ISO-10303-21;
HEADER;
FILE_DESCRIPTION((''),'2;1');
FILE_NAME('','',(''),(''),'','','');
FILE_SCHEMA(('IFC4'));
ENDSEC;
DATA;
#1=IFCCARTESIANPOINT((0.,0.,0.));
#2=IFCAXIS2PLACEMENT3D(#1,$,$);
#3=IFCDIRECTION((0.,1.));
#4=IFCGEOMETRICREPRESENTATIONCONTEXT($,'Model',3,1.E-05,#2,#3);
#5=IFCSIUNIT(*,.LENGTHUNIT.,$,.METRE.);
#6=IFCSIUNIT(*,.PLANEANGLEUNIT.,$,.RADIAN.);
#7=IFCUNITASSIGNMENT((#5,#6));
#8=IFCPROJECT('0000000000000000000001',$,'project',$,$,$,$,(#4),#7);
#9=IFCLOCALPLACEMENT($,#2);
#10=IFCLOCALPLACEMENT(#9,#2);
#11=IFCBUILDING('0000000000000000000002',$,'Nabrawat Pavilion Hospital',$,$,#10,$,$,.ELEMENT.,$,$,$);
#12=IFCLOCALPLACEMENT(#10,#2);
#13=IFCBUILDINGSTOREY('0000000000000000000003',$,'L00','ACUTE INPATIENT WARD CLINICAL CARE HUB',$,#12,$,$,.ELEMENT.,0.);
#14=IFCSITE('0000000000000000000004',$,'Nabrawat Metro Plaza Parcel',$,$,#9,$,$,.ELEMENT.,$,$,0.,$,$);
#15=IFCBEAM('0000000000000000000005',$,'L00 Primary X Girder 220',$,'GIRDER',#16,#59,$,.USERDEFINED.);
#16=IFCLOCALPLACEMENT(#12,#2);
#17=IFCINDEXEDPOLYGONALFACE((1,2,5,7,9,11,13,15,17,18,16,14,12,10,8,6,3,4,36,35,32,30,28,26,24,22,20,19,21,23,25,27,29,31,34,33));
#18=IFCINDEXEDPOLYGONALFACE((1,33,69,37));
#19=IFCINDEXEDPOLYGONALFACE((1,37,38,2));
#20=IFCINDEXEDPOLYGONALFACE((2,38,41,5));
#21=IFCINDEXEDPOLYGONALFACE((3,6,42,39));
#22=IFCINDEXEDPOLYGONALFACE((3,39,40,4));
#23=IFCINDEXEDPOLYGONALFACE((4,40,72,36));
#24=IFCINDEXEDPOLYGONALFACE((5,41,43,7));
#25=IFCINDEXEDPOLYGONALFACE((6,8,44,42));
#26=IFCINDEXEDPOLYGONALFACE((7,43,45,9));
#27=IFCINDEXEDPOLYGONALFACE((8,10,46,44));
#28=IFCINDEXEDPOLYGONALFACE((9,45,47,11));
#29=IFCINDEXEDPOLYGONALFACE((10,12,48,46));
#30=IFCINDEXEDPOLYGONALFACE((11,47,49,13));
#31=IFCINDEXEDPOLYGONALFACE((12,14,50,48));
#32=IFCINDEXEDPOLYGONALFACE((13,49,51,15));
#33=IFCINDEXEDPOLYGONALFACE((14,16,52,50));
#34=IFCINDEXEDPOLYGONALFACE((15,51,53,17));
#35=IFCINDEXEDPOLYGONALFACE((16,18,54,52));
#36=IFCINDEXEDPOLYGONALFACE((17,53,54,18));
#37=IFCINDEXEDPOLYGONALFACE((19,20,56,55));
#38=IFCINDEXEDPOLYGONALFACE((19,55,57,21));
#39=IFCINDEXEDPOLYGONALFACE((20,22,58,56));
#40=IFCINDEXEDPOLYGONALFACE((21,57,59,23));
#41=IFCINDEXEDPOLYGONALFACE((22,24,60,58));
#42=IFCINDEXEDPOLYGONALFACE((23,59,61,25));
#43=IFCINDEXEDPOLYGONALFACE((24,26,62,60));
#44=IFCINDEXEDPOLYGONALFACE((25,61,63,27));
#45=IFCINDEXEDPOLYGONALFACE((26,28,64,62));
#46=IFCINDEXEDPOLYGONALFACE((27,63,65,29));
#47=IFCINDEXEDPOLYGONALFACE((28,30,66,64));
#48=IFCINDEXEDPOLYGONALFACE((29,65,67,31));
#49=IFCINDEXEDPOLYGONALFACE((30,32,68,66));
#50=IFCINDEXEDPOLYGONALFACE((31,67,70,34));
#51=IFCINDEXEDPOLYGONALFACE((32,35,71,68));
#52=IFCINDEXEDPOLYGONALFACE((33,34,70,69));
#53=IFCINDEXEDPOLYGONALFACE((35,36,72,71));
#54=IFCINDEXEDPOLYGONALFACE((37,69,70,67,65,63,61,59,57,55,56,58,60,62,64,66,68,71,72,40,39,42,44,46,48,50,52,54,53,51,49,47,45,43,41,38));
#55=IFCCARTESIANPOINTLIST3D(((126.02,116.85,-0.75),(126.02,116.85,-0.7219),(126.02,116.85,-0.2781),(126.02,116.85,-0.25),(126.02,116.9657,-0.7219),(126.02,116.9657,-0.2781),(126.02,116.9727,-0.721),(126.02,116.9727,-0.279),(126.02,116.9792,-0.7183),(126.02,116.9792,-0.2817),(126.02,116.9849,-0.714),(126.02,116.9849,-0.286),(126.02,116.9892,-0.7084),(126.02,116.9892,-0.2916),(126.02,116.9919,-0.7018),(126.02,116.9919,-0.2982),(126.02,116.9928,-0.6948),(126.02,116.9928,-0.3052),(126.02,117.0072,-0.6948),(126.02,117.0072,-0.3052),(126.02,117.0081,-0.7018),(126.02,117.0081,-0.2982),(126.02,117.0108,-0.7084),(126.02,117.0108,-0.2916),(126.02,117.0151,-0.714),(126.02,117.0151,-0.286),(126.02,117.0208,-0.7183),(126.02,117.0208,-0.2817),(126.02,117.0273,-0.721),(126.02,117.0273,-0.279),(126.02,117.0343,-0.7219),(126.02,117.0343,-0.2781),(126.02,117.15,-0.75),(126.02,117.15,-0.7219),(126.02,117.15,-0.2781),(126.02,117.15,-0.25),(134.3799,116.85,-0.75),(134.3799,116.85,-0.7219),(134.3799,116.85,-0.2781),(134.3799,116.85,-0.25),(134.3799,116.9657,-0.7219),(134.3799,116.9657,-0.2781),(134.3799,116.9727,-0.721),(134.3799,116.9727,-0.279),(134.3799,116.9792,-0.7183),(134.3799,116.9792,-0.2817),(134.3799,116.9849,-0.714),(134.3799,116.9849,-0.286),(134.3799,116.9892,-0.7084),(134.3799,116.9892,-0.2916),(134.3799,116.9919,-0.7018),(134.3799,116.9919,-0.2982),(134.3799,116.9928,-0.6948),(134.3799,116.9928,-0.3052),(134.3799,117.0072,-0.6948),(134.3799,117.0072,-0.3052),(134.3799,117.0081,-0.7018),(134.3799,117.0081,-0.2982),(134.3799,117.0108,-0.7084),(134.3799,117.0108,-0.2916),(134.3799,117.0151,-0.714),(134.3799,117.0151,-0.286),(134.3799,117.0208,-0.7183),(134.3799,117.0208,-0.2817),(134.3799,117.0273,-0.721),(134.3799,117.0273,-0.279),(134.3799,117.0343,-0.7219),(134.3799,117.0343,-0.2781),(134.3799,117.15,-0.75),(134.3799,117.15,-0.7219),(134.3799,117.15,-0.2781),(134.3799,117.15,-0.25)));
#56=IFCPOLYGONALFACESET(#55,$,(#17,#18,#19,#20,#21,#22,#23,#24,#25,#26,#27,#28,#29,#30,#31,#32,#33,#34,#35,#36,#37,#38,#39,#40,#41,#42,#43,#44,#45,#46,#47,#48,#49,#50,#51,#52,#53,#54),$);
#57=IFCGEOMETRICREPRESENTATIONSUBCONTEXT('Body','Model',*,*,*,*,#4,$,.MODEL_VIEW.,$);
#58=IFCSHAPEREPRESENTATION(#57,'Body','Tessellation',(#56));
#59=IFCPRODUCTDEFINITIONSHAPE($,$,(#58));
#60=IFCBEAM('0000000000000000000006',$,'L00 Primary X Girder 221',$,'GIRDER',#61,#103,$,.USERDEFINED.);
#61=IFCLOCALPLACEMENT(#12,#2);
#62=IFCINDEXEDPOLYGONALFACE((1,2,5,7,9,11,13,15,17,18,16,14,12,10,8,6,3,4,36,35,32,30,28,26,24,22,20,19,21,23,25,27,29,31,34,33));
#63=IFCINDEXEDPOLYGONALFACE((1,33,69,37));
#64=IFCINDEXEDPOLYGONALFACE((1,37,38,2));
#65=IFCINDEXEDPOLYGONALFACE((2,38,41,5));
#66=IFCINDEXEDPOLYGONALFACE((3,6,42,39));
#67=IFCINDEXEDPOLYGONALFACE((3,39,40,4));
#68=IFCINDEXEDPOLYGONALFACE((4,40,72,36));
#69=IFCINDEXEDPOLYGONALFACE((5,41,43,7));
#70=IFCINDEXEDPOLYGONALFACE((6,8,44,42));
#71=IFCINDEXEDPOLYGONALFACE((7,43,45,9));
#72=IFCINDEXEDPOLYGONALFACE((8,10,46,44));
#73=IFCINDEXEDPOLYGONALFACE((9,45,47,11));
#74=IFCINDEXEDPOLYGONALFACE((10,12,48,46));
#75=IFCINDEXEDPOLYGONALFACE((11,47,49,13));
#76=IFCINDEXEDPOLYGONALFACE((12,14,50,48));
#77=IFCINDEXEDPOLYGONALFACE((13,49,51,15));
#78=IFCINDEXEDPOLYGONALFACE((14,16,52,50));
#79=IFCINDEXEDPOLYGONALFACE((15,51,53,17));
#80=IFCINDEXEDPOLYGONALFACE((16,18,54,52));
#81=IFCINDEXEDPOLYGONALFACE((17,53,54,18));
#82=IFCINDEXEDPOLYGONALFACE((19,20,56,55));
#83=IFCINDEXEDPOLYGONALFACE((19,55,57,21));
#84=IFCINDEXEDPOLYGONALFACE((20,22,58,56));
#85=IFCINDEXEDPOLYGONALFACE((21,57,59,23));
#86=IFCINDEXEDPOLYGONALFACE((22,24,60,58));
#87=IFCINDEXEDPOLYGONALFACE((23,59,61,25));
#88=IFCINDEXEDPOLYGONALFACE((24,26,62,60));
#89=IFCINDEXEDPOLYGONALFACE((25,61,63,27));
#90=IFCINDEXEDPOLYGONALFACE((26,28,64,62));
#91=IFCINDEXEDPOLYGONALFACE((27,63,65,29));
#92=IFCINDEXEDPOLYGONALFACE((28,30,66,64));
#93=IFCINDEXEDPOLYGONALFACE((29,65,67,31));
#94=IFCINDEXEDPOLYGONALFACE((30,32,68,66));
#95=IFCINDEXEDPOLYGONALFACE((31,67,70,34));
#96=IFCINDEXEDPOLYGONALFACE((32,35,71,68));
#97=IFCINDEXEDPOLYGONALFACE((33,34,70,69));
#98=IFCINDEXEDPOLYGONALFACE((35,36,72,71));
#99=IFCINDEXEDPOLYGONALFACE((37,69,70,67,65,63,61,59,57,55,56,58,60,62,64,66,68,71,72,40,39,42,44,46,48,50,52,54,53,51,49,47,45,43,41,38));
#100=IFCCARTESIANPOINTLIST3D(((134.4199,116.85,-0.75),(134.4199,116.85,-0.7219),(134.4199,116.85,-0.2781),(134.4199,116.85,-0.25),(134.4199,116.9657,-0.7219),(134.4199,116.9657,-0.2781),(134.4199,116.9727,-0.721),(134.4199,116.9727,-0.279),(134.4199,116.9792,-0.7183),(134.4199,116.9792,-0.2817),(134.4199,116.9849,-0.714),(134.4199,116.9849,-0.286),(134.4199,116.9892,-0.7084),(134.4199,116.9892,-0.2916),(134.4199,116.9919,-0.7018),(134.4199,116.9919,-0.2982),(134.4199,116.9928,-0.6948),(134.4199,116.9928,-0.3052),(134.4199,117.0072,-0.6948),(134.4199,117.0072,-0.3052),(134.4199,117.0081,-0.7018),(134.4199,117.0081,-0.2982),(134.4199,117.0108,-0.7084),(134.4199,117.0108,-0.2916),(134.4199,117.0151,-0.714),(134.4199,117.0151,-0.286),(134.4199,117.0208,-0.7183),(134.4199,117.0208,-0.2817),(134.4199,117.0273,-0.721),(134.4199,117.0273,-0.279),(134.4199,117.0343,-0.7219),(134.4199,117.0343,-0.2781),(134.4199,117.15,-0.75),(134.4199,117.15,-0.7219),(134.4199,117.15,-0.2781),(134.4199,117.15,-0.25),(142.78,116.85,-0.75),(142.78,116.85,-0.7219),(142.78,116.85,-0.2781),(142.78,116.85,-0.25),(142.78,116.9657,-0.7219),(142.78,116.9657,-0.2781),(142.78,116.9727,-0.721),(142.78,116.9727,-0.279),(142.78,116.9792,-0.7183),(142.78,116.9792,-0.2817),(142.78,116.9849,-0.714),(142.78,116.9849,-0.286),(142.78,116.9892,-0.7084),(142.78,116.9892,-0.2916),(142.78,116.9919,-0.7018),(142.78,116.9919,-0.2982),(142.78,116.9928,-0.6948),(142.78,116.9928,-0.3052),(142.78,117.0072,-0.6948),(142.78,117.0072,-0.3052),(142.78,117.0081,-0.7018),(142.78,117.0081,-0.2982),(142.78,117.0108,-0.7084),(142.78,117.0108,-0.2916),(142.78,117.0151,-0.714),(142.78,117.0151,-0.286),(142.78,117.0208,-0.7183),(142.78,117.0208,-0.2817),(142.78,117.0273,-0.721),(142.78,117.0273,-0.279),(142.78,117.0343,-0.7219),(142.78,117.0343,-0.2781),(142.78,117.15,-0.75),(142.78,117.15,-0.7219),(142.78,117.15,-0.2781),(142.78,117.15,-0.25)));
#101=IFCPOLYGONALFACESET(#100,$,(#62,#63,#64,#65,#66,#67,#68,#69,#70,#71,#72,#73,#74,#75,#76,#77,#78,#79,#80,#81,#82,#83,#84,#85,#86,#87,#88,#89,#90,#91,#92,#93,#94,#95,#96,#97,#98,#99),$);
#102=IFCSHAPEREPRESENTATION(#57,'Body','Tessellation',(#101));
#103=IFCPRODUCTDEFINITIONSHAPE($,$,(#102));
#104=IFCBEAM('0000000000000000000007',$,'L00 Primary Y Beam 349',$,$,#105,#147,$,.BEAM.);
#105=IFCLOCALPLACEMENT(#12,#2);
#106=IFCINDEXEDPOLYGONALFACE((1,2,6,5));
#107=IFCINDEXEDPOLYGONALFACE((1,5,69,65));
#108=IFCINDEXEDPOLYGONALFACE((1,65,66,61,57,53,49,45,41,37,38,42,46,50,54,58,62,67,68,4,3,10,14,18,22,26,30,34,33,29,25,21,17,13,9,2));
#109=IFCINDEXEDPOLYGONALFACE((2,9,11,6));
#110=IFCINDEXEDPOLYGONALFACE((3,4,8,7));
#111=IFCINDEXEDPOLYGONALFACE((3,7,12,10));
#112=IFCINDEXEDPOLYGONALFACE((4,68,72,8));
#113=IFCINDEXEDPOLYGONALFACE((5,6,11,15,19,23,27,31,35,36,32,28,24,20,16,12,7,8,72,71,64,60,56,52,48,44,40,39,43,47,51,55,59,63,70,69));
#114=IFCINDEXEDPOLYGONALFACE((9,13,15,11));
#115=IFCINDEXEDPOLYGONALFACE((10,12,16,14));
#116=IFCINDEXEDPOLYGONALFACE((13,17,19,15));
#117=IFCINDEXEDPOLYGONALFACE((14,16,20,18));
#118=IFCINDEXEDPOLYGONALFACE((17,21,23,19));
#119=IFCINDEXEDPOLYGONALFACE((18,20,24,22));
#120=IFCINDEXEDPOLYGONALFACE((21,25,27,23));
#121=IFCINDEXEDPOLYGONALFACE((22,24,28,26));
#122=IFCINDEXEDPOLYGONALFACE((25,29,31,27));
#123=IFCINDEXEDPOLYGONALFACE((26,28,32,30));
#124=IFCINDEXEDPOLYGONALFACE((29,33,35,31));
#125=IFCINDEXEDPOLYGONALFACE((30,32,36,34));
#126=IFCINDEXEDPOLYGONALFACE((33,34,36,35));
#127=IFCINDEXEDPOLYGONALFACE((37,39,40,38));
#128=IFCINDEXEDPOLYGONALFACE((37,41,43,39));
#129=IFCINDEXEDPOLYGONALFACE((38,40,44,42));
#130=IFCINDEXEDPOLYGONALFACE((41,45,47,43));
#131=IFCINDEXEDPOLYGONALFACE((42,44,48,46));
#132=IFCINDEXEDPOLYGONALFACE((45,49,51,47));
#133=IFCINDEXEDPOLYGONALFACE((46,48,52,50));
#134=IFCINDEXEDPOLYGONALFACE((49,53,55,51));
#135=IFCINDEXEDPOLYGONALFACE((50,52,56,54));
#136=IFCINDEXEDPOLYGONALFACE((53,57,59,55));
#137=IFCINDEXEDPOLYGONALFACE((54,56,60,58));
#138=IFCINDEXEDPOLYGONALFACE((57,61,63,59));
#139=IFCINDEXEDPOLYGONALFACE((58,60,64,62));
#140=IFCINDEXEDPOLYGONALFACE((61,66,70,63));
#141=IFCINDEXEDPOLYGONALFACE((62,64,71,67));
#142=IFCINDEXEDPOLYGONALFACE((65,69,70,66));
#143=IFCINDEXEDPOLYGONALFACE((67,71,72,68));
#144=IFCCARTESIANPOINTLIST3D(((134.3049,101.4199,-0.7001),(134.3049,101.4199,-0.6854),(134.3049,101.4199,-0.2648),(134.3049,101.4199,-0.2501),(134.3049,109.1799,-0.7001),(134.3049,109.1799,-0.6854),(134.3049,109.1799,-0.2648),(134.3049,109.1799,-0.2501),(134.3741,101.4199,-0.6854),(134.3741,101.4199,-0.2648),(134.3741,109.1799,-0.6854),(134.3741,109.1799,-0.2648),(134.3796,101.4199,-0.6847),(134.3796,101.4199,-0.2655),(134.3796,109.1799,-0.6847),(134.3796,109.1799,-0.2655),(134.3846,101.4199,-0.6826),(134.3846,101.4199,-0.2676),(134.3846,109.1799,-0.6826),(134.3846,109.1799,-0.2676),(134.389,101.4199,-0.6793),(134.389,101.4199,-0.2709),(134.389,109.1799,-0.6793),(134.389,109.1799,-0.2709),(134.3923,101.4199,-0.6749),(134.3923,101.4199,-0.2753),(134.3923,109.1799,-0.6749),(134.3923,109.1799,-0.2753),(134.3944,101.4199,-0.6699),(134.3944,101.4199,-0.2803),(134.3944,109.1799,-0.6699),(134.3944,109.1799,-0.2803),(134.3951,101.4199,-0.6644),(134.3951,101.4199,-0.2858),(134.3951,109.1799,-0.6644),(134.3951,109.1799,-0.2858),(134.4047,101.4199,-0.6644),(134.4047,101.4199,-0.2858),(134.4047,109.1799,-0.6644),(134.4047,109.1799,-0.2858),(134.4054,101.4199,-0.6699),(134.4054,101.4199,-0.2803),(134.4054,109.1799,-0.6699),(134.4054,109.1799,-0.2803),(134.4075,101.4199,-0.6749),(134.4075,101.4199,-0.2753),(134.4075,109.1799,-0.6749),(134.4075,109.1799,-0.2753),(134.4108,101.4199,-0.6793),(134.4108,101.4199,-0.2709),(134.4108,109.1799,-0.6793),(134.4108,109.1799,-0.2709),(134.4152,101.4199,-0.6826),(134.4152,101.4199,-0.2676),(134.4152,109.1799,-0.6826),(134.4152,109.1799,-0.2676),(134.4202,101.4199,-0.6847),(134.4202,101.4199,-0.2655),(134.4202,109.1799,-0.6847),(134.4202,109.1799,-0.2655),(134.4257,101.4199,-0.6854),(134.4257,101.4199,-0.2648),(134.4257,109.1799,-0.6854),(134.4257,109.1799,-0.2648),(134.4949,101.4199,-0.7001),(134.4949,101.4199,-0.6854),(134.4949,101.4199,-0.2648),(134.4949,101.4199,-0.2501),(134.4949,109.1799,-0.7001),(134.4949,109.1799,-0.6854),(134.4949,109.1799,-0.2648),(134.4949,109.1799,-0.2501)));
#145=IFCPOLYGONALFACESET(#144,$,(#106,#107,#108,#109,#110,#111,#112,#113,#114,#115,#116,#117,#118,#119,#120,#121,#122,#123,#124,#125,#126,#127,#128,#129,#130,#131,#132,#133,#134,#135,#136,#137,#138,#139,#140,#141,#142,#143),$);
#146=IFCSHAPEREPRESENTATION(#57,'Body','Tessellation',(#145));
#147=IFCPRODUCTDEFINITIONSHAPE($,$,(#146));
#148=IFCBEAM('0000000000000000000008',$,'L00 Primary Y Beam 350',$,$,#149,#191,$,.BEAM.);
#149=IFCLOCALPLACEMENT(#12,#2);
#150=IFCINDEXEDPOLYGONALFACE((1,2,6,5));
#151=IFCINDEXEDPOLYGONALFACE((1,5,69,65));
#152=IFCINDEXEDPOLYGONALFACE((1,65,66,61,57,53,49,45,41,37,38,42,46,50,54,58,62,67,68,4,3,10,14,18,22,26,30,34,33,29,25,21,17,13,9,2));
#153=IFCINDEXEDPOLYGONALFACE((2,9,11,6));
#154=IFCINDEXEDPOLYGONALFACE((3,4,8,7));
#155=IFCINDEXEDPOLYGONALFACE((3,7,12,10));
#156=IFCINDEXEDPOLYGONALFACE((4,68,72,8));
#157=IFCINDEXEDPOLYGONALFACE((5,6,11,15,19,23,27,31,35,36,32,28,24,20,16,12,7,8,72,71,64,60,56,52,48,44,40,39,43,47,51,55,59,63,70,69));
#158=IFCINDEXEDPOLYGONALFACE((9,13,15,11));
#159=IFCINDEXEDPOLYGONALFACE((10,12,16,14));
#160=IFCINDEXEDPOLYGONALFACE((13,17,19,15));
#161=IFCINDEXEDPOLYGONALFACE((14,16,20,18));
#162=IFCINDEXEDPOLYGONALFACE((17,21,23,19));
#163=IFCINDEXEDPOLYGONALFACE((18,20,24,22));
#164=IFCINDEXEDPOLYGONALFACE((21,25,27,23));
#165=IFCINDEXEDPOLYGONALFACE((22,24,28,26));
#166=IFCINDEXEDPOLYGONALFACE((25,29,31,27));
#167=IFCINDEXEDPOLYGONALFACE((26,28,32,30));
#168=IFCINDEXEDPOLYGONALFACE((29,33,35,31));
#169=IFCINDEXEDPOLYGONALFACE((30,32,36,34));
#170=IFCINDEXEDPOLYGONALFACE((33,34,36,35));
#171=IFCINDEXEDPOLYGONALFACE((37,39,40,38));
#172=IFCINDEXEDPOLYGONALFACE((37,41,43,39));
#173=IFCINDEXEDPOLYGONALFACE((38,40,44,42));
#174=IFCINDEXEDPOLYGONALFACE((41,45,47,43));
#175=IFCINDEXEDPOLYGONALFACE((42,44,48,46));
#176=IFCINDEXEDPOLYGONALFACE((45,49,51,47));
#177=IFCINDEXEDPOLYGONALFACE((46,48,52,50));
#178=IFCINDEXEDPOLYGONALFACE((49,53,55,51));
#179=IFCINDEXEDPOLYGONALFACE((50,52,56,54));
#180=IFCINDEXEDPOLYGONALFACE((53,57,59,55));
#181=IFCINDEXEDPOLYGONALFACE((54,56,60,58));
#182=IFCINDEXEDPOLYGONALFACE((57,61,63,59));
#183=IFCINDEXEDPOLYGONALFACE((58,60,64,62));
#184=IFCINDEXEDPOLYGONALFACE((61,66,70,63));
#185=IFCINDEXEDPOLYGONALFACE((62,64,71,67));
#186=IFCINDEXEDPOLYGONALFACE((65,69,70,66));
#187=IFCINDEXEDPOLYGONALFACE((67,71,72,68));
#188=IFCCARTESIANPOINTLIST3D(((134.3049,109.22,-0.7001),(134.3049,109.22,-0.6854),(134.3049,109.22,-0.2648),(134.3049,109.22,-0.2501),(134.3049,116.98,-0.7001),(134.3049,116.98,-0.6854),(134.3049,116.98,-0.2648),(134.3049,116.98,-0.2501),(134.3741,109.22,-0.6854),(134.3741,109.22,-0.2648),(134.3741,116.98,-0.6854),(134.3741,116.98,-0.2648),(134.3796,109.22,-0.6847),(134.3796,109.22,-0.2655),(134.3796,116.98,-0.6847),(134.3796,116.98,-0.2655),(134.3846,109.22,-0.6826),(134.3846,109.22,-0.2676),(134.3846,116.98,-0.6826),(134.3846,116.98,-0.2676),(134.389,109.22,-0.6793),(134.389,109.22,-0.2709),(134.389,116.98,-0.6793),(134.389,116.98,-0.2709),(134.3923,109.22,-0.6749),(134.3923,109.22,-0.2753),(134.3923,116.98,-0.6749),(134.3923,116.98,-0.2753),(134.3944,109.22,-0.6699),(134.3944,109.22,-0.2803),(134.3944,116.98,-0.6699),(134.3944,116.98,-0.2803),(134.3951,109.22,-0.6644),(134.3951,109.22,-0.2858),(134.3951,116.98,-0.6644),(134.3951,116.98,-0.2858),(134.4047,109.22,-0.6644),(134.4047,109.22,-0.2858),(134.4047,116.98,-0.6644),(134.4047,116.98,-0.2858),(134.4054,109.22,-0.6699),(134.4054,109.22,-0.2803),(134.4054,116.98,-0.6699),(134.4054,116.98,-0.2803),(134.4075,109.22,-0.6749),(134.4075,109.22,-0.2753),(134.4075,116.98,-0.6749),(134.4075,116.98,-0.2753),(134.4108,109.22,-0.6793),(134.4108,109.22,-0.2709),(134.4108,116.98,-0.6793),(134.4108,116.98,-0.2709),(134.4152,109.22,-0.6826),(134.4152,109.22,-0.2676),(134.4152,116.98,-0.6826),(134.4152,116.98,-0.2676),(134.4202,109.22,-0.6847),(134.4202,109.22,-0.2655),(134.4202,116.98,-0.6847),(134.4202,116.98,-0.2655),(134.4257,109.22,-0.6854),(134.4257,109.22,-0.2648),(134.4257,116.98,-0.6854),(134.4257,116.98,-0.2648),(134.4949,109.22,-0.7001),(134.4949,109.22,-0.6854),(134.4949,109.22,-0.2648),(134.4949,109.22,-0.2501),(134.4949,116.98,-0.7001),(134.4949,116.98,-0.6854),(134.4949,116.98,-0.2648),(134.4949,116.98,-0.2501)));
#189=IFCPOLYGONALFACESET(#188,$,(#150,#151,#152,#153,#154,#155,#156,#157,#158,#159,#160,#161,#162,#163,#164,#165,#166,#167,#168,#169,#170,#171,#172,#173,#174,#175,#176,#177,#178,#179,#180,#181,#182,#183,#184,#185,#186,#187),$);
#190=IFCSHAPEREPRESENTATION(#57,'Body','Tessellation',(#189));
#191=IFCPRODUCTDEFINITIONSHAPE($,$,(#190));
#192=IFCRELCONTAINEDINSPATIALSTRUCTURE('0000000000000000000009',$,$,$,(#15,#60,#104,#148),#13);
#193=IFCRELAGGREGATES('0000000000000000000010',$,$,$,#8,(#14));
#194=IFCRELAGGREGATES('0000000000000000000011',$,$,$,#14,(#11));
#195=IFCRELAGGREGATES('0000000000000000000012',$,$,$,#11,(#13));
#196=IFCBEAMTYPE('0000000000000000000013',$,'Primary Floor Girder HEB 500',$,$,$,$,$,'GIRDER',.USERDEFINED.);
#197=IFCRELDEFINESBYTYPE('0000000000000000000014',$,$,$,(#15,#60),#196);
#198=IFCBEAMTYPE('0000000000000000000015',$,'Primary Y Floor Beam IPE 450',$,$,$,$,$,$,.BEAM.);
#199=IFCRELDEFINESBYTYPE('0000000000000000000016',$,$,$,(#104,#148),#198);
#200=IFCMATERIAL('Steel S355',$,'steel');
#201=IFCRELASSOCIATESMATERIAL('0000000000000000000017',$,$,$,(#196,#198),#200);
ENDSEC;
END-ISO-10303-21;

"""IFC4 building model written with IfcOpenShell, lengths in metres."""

from ifc_helpers import new_model, si_unit, direction, frame, origin, origin_2d, place, context, subcontext, project, spatial, i_section, extrude, material, material_profile, profile_set, type_object, element, save


model = new_model("IFC4")

# Units and contexts
model_context = context("Model", 3, precision=1e-05, world=origin(), true_north=direction((0.0, 1.0)))
body_context = subcontext(model_context, "Body", "Model", "MODEL_VIEW")
ifc_project = project(units=[si_unit("LENGTHUNIT", "METRE"), si_unit("PLANEANGLEUNIT", "RADIAN")], contexts=[model_context])

# Site, building, storey
site_placement = place(None, origin())
site = spatial("IfcSite", under=ifc_project, at=site_placement, Name="Nabrawat Metro Plaza Parcel", CompositionType="ELEMENT", RefElevation=0.0)
building_placement = place(site_placement, origin())
building = spatial("IfcBuilding", under=site, at=building_placement, Name="Nabrawat Pavilion Hospital", CompositionType="ELEMENT")
storey_placement = place(building_placement, origin())
storey = spatial("IfcBuildingStorey", under=building, at=storey_placement, Name="L00", Description="ACUTE INPATIENT WARD CLINICAL CARE HUB", CompositionType="ELEMENT", Elevation=0.0)

# Shared definitions
ifc_material_1 = material(Name="Steel S355", Category="steel")

# Beams
ifc_material_profile_1 = material_profile(ifc_material_1, i_section(OverallWidth=0.3, OverallDepth=0.5, WebThickness=0.0144, FlangeThickness=0.0281, FilletRadius=0.0271, at=origin_2d()), Name="HEB 500")
ifc_profile_set_1 = profile_set([ifc_material_profile_1], Name="Steel S355")
beam_type_1 = type_object("IfcBeamType", Name="Primary Floor Girder HEB 500", ElementType="GIRDER", PredefinedType="USERDEFINED", material=ifc_profile_set_1)
beam_1_placement = place(storey_placement, frame((126.02, 117.0, -0.5), z_axis=(1.0, 0.0, 0.0), x_axis=(0.0, 1.0, 0.0)))
element("IfcBeam", 1, at=beam_1_placement, inside=storey, type_object=beam_type_1, Name="L00 Primary X Girder 220", ObjectType="GIRDER", PredefinedType="USERDEFINED", context=body_context, shape_type="SweptSolid", body=[
    extrude(i_section(OverallWidth=0.3, OverallDepth=0.5, WebThickness=0.0144, FlangeThickness=0.0281, FilletRadius=0.0271, at=origin_2d()), origin(), (0.0, 0.0, 1.0), 8.3599),
])
beam_2_placement = place(storey_placement, frame((134.4199, 117.0, -0.5), z_axis=(1.0, 0.0, 0.0), x_axis=(0.0, 1.0, 0.0)))
element("IfcBeam", 2, at=beam_2_placement, inside=storey, type_object=beam_type_1, Name="L00 Primary X Girder 221", ObjectType="GIRDER", PredefinedType="USERDEFINED", context=body_context, shape_type="SweptSolid", body=[
    extrude(i_section(OverallWidth=0.3, OverallDepth=0.5, WebThickness=0.0144, FlangeThickness=0.0281, FilletRadius=0.0271, at=origin_2d()), origin(), (0.0, 0.0, 1.0), 8.3601),
])
ifc_material_profile_2 = material_profile(ifc_material_1, i_section(OverallWidth=0.1899, OverallDepth=0.45, WebThickness=0.0095, FlangeThickness=0.0146, FilletRadius=0.021, at=origin_2d()), Name="IPE 450")
ifc_profile_set_2 = profile_set([ifc_material_profile_2], Name="Steel S355")
beam_type_2 = type_object("IfcBeamType", Name="Primary Y Floor Beam IPE 450", PredefinedType="BEAM", material=ifc_profile_set_2)
for number, where, z_axis, x_axis, name in (
    (3, (134.3999, 101.4199, -0.4751), (0.0, 1.0, 0.0), (-1.0, 0.0, 0.0), "L00 Primary Y Beam 349"),
    (4, (134.3999, 109.22, -0.4751), (0.0, 1.0, 0.0), (-1.0, 0.0, 0.0), "L00 Primary Y Beam 350"),
):
    element("IfcBeam", number, at=place(storey_placement, frame(where, z_axis=z_axis, x_axis=x_axis)), inside=storey, type_object=beam_type_2, Name=name, PredefinedType="BEAM", context=body_context, shape_type="SweptSolid", body=[
        extrude(i_section(OverallWidth=0.1899, OverallDepth=0.45, WebThickness=0.0095, FlangeThickness=0.0146, FilletRadius=0.021, at=origin_2d()), origin(), (0.0, 0.0, 1.0), 7.76),
    ])

save(model, "model.ifc")
